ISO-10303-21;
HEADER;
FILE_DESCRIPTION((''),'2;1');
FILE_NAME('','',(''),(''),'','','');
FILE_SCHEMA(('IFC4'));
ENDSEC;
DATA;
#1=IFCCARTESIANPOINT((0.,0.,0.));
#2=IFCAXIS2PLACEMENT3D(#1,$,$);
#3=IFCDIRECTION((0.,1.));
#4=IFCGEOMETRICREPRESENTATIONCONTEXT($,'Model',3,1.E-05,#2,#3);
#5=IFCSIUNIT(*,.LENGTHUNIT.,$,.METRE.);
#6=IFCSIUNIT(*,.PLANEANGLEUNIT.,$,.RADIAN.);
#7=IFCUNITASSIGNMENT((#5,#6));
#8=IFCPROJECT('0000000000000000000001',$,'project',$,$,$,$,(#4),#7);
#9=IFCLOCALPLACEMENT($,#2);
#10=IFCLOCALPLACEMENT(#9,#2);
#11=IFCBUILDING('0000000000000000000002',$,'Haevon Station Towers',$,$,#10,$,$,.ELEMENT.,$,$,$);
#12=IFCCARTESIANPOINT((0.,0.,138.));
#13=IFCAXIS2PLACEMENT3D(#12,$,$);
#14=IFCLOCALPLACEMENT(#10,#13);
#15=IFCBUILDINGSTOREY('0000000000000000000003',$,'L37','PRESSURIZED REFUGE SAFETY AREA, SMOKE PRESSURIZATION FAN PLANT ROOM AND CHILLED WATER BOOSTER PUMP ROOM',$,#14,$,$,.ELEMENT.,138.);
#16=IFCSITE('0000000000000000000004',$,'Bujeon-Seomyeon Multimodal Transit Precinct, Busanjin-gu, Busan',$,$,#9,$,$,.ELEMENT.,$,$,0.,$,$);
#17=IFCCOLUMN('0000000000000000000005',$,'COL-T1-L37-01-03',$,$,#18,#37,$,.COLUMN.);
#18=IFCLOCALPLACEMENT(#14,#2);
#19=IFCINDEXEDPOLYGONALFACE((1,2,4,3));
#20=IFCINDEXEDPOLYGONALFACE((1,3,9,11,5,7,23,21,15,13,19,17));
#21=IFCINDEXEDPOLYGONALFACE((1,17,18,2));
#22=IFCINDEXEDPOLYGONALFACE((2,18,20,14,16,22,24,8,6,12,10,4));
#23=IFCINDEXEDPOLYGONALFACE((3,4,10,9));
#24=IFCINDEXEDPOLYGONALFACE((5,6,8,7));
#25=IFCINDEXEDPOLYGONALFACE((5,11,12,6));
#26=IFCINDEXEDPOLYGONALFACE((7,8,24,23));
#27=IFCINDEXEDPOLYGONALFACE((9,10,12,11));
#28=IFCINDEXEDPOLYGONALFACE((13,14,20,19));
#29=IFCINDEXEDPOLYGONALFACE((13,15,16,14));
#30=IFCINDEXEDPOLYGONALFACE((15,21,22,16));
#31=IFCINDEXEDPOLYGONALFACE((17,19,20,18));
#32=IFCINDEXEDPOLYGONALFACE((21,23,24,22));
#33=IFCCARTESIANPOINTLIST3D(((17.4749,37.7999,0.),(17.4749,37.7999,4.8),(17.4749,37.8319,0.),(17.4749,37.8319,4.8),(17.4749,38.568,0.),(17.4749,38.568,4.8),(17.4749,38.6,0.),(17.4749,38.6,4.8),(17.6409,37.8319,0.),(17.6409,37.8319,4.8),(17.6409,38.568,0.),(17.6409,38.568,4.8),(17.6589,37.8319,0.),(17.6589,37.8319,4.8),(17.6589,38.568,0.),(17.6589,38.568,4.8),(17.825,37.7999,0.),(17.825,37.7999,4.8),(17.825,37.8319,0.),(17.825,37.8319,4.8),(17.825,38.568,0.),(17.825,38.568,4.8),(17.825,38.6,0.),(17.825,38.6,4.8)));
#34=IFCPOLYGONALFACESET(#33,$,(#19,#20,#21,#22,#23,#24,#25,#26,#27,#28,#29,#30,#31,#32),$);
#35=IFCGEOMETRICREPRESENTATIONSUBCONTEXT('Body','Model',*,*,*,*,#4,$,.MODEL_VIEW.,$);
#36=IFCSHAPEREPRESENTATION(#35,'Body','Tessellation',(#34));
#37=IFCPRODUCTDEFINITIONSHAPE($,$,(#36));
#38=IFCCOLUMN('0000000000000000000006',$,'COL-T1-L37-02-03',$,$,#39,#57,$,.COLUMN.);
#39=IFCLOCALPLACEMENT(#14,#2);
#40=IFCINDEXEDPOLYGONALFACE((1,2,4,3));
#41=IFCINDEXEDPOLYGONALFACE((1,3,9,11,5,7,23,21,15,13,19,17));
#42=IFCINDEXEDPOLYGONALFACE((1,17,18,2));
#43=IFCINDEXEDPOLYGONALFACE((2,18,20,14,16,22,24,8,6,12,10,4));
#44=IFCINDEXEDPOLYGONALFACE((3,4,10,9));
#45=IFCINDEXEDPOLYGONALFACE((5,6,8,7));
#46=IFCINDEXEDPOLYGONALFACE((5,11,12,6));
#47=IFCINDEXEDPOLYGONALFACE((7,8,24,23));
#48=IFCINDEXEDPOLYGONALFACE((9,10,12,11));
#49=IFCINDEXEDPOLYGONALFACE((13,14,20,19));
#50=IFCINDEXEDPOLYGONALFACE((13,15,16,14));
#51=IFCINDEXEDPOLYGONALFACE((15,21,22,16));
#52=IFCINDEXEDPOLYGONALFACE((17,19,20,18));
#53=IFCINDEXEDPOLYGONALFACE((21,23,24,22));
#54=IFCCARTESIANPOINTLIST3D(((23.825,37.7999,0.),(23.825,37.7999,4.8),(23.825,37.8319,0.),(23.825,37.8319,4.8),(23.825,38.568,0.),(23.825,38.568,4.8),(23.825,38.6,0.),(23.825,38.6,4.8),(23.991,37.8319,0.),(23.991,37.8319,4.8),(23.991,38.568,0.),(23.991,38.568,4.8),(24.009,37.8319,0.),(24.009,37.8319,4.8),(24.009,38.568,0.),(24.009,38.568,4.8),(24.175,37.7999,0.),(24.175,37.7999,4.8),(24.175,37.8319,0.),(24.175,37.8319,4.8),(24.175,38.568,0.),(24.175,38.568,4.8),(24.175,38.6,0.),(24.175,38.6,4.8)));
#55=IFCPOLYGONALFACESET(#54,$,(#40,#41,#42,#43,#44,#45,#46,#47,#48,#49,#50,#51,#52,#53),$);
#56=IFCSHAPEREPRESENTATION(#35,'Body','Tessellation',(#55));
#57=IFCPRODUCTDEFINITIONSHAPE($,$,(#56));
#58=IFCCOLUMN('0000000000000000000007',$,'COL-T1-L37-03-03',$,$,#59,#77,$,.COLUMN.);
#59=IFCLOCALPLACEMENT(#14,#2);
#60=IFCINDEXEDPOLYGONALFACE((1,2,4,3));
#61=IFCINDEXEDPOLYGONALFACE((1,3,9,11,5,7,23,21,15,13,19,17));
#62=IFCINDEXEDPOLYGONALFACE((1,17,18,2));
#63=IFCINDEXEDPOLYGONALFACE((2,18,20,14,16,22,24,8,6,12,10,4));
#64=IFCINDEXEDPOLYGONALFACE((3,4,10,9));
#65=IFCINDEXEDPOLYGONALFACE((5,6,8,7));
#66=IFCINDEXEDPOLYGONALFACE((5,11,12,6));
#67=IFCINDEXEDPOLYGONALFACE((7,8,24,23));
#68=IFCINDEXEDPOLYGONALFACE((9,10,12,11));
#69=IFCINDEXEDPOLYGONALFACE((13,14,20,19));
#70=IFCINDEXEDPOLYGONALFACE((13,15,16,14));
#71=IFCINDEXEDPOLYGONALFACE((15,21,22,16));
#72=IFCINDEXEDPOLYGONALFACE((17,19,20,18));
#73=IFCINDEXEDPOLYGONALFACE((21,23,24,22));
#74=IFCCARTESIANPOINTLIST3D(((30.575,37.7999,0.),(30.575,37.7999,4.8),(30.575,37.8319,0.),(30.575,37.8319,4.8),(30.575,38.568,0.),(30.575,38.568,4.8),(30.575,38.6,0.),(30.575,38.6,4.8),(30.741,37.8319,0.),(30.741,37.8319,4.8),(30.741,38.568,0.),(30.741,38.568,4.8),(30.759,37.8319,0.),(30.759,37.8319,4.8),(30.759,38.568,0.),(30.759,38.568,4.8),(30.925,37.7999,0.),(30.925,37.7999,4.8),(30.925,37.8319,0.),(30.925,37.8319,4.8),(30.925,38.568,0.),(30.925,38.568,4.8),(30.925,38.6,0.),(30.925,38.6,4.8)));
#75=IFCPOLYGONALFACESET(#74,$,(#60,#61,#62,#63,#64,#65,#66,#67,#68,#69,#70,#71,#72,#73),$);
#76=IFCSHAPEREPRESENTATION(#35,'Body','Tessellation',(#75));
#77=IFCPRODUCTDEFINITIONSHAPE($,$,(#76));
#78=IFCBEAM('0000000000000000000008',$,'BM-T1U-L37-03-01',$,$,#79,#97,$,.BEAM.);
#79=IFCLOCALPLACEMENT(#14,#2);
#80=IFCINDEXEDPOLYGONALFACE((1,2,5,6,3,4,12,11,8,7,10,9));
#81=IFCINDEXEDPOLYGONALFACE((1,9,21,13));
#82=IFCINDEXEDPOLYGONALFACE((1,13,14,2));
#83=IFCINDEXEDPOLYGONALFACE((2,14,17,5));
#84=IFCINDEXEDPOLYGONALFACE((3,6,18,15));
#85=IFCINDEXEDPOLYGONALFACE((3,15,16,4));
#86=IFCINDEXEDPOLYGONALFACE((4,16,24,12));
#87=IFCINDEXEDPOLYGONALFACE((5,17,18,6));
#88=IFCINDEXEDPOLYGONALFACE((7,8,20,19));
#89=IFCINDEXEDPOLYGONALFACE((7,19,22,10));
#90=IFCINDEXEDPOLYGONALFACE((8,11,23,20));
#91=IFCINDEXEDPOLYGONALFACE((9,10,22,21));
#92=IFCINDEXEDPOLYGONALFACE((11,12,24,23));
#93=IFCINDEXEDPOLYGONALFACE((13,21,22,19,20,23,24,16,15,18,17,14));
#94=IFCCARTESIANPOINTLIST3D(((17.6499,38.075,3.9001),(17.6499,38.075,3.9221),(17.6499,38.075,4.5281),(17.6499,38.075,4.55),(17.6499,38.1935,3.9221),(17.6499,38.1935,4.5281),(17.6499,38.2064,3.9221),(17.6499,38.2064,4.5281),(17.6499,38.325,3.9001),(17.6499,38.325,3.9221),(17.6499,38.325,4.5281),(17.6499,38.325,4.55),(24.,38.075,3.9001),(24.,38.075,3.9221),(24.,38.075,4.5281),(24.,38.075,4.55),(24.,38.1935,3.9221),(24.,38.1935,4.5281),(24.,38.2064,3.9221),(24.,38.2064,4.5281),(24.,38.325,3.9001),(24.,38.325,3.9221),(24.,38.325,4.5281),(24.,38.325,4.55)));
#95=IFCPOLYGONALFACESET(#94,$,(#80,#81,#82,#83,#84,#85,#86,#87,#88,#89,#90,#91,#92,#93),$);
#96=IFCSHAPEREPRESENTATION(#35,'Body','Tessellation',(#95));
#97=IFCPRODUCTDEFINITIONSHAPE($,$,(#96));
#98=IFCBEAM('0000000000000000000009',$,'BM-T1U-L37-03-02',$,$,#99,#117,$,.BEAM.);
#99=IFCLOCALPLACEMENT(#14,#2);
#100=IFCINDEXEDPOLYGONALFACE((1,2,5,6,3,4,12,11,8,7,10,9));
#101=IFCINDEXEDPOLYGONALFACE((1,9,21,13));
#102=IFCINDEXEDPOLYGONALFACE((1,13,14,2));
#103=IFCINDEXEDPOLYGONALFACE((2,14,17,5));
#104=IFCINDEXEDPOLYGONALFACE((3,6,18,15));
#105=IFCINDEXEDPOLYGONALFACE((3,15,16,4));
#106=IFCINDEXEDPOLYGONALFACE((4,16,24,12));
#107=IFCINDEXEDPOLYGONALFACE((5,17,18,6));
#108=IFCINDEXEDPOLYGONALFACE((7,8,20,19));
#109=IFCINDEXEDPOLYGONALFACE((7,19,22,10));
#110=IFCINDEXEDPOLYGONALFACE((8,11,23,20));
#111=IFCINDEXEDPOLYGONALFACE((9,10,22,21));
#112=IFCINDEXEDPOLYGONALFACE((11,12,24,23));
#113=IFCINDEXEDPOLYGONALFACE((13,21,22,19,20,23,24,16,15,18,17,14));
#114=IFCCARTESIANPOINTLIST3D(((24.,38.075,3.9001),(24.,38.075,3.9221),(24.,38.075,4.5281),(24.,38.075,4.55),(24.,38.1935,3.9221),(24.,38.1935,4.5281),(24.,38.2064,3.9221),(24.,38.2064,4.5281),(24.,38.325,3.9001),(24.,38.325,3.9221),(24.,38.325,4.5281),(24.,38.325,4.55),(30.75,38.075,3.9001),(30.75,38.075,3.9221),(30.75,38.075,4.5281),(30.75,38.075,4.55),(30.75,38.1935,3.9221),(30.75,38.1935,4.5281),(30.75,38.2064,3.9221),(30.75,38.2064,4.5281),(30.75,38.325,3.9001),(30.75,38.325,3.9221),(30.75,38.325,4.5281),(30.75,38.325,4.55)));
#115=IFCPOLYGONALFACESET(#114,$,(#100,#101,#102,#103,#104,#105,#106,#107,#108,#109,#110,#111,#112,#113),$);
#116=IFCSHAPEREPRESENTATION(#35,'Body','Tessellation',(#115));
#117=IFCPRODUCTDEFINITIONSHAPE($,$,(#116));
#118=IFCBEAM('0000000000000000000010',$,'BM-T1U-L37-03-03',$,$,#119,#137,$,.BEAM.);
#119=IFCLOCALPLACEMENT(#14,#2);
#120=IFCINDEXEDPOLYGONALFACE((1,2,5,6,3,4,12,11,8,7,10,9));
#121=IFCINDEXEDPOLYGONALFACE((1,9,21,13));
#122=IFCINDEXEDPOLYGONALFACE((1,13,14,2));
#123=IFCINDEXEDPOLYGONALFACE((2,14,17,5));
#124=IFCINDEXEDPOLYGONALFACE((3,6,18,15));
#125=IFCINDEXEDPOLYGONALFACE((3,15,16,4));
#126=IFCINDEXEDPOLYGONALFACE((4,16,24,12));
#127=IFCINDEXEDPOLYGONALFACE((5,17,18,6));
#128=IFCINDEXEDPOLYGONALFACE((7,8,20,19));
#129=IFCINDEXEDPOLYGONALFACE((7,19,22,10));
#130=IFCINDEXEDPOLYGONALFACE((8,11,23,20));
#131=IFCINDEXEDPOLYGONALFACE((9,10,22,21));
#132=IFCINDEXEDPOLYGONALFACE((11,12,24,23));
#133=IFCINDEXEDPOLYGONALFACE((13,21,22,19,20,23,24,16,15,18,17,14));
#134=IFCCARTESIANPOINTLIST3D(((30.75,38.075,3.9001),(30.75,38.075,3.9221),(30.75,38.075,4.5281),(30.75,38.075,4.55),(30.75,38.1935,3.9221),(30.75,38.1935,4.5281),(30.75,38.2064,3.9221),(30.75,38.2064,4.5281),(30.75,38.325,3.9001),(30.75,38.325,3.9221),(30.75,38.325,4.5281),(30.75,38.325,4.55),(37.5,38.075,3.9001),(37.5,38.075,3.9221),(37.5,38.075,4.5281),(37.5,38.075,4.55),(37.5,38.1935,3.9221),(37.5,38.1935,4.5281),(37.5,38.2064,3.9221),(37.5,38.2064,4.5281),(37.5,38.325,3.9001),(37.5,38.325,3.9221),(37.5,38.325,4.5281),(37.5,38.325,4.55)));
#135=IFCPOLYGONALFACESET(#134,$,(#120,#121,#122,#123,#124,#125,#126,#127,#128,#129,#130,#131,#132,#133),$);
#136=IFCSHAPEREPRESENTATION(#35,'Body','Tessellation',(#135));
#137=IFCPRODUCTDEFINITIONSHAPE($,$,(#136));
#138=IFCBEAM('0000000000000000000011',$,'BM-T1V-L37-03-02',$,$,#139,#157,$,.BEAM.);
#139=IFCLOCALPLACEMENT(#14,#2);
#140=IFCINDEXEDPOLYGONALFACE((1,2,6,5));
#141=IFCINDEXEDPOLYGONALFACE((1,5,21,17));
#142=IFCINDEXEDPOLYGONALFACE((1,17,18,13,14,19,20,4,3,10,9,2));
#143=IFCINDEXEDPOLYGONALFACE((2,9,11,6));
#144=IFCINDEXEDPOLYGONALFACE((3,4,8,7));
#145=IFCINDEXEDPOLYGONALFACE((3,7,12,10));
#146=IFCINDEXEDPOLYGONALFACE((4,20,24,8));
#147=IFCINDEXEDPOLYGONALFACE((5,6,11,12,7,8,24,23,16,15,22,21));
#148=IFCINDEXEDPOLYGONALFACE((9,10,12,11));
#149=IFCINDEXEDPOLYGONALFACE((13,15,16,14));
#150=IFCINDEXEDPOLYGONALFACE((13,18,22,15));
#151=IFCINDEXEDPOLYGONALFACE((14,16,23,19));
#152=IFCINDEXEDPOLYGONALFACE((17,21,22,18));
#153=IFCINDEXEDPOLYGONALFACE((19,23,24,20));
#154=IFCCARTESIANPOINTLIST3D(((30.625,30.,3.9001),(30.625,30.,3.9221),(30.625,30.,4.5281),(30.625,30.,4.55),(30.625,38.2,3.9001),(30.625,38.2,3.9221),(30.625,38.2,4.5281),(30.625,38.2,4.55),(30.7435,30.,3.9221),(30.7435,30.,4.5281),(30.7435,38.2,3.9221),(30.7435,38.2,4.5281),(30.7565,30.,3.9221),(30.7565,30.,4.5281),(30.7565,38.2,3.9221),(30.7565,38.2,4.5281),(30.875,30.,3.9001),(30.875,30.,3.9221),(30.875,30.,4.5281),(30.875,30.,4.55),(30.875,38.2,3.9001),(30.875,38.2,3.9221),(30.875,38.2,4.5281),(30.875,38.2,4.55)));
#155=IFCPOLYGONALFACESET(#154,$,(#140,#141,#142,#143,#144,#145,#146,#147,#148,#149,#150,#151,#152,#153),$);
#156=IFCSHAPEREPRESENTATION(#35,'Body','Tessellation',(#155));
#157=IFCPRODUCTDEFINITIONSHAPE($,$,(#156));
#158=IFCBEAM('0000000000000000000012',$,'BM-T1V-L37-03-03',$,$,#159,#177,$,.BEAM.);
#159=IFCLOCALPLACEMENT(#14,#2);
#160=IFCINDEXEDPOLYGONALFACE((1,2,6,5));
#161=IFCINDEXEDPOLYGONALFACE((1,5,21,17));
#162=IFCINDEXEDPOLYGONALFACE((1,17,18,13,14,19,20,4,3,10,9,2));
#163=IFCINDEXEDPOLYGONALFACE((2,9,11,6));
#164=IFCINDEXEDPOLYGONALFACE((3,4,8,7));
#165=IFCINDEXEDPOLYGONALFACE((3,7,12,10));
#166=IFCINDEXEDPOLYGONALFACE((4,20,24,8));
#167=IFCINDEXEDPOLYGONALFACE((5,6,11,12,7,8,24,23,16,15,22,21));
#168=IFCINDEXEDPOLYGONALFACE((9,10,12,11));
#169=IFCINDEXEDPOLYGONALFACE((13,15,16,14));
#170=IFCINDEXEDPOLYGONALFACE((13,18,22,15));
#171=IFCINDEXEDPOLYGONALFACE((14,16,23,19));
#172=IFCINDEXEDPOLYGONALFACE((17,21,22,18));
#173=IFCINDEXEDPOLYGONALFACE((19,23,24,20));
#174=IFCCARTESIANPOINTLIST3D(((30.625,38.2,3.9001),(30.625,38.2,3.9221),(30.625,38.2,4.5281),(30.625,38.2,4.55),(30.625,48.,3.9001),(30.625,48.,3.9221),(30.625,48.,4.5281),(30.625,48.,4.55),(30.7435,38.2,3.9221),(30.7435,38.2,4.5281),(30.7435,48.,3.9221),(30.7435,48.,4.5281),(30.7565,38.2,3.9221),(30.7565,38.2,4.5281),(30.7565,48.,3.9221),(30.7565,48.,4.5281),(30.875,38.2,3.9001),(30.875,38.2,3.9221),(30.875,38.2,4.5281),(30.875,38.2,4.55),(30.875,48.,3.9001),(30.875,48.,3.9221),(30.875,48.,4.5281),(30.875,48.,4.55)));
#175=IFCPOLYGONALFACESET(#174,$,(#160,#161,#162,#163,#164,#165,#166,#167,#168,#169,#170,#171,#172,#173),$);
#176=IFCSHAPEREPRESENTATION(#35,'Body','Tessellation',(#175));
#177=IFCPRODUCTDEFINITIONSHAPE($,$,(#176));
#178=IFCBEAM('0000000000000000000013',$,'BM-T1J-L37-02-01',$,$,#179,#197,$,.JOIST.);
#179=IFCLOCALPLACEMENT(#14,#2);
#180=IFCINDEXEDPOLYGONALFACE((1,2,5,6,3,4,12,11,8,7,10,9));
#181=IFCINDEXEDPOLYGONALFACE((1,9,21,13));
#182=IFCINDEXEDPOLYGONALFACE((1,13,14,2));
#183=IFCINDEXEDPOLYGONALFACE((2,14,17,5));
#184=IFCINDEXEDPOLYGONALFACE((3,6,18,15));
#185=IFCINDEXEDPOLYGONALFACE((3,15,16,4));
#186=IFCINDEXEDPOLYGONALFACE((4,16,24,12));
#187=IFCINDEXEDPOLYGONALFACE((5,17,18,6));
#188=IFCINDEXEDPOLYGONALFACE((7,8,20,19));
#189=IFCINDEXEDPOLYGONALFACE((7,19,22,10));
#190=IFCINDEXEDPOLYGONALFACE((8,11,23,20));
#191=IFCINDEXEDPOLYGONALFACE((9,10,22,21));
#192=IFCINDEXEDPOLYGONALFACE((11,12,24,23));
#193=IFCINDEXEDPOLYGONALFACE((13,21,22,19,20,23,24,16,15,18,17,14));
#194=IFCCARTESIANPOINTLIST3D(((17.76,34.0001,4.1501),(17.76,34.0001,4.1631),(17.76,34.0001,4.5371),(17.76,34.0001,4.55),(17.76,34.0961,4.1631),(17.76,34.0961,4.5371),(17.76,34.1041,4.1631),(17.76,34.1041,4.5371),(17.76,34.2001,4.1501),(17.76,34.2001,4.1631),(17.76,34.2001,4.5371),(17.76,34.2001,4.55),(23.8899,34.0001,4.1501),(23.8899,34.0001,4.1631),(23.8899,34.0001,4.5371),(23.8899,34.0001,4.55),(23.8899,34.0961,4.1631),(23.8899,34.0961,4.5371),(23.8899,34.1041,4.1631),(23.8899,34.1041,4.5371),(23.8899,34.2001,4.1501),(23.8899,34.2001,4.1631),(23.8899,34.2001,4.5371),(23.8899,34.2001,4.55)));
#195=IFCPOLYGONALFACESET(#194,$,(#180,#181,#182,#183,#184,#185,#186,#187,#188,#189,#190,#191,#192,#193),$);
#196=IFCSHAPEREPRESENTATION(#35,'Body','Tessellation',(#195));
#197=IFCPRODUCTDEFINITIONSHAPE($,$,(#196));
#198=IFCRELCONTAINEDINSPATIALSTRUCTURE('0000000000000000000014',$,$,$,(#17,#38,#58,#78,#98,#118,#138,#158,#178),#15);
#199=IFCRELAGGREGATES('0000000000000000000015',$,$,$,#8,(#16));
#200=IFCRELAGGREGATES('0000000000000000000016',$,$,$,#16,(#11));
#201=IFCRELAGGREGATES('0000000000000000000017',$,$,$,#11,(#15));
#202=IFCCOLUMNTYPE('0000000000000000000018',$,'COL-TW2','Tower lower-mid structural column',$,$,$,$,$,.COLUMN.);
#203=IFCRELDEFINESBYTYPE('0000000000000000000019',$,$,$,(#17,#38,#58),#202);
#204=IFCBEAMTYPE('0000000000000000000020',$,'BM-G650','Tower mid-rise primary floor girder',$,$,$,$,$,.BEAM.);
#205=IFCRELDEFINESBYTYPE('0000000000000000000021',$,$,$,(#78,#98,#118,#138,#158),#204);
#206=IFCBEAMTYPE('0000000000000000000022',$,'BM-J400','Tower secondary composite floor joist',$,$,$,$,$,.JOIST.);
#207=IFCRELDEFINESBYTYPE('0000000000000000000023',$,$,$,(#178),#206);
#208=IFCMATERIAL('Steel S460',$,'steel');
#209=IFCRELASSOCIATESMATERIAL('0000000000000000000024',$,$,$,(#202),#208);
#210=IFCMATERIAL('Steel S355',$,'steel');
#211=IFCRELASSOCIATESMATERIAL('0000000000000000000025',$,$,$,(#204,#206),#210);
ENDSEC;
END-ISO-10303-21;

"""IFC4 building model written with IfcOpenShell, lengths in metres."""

from ifc_helpers import new_model, si_unit, direction, frame, origin, origin_2d, place, context, subcontext, project, spatial, i_section, extrude, material, material_profile, profile_set, type_object, element, save


model = new_model("IFC4")

# Units and contexts
model_context = context("Model", 3, precision=1e-05, world=origin(), true_north=direction((0.0, 1.0)))
body_context = subcontext(model_context, "Body", "Model", "MODEL_VIEW")
ifc_project = project(units=[si_unit("LENGTHUNIT", "METRE"), si_unit("PLANEANGLEUNIT", "RADIAN")], contexts=[model_context])

# Site, building, storey
site_placement = place(None, origin())
site = spatial("IfcSite", under=ifc_project, at=site_placement, Name="Bujeon-Seomyeon Multimodal Transit Precinct, Busanjin-gu, Busan", CompositionType="ELEMENT", RefElevation=0.0)
building_placement = place(site_placement, origin())
building = spatial("IfcBuilding", under=site, at=building_placement, Name="Haevon Station Towers", CompositionType="ELEMENT")
storey_placement = place(building_placement, frame((0.0, 0.0, 138.0)))
storey = spatial("IfcBuildingStorey", under=building, at=storey_placement, Name="L37", Description="PRESSURIZED REFUGE SAFETY AREA, SMOKE PRESSURIZATION FAN PLANT ROOM AND CHILLED WATER BOOSTER PUMP ROOM", CompositionType="ELEMENT", Elevation=138.0)

# Columns
ifc_material_1 = material(Name="Steel S460", Category="steel")
ifc_material_profile_1 = material_profile(ifc_material_1, i_section(OverallWidth=0.3501, OverallDepth=0.8, WebThickness=0.0181, FlangeThickness=0.032, at=origin_2d()), Name="H-800x350x18x32")
ifc_profile_set_1 = profile_set([ifc_material_profile_1], Name="Steel S460")
column_type = type_object("IfcColumnType", Name="COL-TW2", Description="Tower lower-mid structural column", PredefinedType="COLUMN", material=ifc_profile_set_1)
for number, where, z_axis, x_axis, name in (
    (1, (17.6499, 38.2, 0.0), (0.0, 0.0, 1.0), (1.0, 0.0, 0.0), "COL-T1-L37-01-03"),
    (2, (24.0, 38.2, 0.0), (0.0, 0.0, 1.0), (1.0, 0.0, 0.0), "COL-T1-L37-02-03"),
    (3, (30.75, 38.2, 0.0), (0.0, 0.0, 1.0), (1.0, 0.0, 0.0), "COL-T1-L37-03-03"),
):
    element("IfcColumn", number, at=place(storey_placement, frame(where, z_axis=z_axis, x_axis=x_axis)), inside=storey, type_object=column_type, Name=name, PredefinedType="COLUMN", context=body_context, shape_type="SweptSolid", body=[
        extrude(i_section(OverallWidth=0.3501, OverallDepth=0.8, WebThickness=0.0181, FlangeThickness=0.032, at=origin_2d()), origin(), (0.0, 0.0, 1.0), 4.8),
    ])

# Beams
ifc_material_2 = material(Name="Steel S355", Category="steel")
ifc_material_profile_2 = material_profile(ifc_material_2, i_section(OverallWidth=0.25, OverallDepth=0.6499, WebThickness=0.0129, FlangeThickness=0.022, at=origin_2d()), Name="H-650x250x13x22")
ifc_profile_set_2 = profile_set([ifc_material_profile_2], Name="Steel S355")
beam_type_1 = type_object("IfcBeamType", Name="BM-G650", Description="Tower mid-rise primary floor girder", PredefinedType="BEAM", material=ifc_profile_set_2)
beam_1_placement = place(storey_placement, frame((17.6499, 38.2, 4.2251), z_axis=(1.0, 0.0, 0.0), x_axis=(0.0, 1.0, 0.0)))
element("IfcBeam", 4, at=beam_1_placement, inside=storey, type_object=beam_type_1, Name="BM-T1U-L37-03-01", PredefinedType="BEAM", context=body_context, shape_type="SweptSolid", body=[
    extrude(i_section(OverallWidth=0.25, OverallDepth=0.6499, WebThickness=0.0129, FlangeThickness=0.022, at=origin_2d()), origin(), (0.0, 0.0, 1.0), 6.3501),
])
for number, where, z_axis, x_axis, name in (
    (5, (24.0, 38.2, 4.2251), (1.0, 0.0, 0.0), (0.0, 1.0, 0.0), "BM-T1U-L37-03-02"),
    (6, (30.75, 38.2, 4.2251), (1.0, 0.0, 0.0), (0.0, 1.0, 0.0), "BM-T1U-L37-03-03"),
):
    element("IfcBeam", number, at=place(storey_placement, frame(where, z_axis=z_axis, x_axis=x_axis)), inside=storey, type_object=beam_type_1, Name=name, PredefinedType="BEAM", context=body_context, shape_type="SweptSolid", body=[
        extrude(i_section(OverallWidth=0.25, OverallDepth=0.6499, WebThickness=0.0129, FlangeThickness=0.022, at=origin_2d()), origin(), (0.0, 0.0, 1.0), 6.75),
    ])
beam_2_placement = place(storey_placement, frame((30.75, 30.0, 4.2251), z_axis=(0.0, 1.0, 0.0), x_axis=(-1.0, 0.0, 0.0)))
element("IfcBeam", 7, at=beam_2_placement, inside=storey, type_object=beam_type_1, Name="BM-T1V-L37-03-02", PredefinedType="BEAM", context=body_context, shape_type="SweptSolid", body=[
    extrude(i_section(OverallWidth=0.25, OverallDepth=0.6499, WebThickness=0.0129, FlangeThickness=0.022, at=origin_2d()), origin(), (0.0, 0.0, 1.0), 8.2),
])
beam_3_placement = place(storey_placement, frame((30.75, 38.2, 4.2251), z_axis=(0.0, 1.0, 0.0), x_axis=(-1.0, 0.0, 0.0)))
element("IfcBeam", 8, at=beam_3_placement, inside=storey, type_object=beam_type_1, Name="BM-T1V-L37-03-03", PredefinedType="BEAM", context=body_context, shape_type="SweptSolid", body=[
    extrude(i_section(OverallWidth=0.25, OverallDepth=0.6499, WebThickness=0.0129, FlangeThickness=0.022, at=origin_2d()), origin(), (0.0, 0.0, 1.0), 9.8),
])
ifc_material_profile_3 = material_profile(ifc_material_2, i_section(OverallWidth=0.2, OverallDepth=0.3999, WebThickness=0.0081, FlangeThickness=0.0129, at=origin_2d()), Name="H-400x200x8x13")
ifc_profile_set_3 = profile_set([ifc_material_profile_3], Name="Steel S355")
beam_type_2 = type_object("IfcBeamType", Name="BM-J400", Description="Tower secondary composite floor joist", PredefinedType="JOIST", material=ifc_profile_set_3)
beam_4_placement = place(storey_placement, frame((17.76, 34.1001, 4.3501), z_axis=(1.0, 0.0, 0.0), x_axis=(0.0, 1.0, 0.0)))
element("IfcBeam", 9, at=beam_4_placement, inside=storey, type_object=beam_type_2, Name="BM-T1J-L37-02-01", PredefinedType="JOIST", context=body_context, shape_type="SweptSolid", body=[
    extrude(i_section(OverallWidth=0.2, OverallDepth=0.3999, WebThickness=0.0081, FlangeThickness=0.0129, at=origin_2d()), origin(), (0.0, 0.0, 1.0), 6.1299),
])

save(model, "model.ifc")
